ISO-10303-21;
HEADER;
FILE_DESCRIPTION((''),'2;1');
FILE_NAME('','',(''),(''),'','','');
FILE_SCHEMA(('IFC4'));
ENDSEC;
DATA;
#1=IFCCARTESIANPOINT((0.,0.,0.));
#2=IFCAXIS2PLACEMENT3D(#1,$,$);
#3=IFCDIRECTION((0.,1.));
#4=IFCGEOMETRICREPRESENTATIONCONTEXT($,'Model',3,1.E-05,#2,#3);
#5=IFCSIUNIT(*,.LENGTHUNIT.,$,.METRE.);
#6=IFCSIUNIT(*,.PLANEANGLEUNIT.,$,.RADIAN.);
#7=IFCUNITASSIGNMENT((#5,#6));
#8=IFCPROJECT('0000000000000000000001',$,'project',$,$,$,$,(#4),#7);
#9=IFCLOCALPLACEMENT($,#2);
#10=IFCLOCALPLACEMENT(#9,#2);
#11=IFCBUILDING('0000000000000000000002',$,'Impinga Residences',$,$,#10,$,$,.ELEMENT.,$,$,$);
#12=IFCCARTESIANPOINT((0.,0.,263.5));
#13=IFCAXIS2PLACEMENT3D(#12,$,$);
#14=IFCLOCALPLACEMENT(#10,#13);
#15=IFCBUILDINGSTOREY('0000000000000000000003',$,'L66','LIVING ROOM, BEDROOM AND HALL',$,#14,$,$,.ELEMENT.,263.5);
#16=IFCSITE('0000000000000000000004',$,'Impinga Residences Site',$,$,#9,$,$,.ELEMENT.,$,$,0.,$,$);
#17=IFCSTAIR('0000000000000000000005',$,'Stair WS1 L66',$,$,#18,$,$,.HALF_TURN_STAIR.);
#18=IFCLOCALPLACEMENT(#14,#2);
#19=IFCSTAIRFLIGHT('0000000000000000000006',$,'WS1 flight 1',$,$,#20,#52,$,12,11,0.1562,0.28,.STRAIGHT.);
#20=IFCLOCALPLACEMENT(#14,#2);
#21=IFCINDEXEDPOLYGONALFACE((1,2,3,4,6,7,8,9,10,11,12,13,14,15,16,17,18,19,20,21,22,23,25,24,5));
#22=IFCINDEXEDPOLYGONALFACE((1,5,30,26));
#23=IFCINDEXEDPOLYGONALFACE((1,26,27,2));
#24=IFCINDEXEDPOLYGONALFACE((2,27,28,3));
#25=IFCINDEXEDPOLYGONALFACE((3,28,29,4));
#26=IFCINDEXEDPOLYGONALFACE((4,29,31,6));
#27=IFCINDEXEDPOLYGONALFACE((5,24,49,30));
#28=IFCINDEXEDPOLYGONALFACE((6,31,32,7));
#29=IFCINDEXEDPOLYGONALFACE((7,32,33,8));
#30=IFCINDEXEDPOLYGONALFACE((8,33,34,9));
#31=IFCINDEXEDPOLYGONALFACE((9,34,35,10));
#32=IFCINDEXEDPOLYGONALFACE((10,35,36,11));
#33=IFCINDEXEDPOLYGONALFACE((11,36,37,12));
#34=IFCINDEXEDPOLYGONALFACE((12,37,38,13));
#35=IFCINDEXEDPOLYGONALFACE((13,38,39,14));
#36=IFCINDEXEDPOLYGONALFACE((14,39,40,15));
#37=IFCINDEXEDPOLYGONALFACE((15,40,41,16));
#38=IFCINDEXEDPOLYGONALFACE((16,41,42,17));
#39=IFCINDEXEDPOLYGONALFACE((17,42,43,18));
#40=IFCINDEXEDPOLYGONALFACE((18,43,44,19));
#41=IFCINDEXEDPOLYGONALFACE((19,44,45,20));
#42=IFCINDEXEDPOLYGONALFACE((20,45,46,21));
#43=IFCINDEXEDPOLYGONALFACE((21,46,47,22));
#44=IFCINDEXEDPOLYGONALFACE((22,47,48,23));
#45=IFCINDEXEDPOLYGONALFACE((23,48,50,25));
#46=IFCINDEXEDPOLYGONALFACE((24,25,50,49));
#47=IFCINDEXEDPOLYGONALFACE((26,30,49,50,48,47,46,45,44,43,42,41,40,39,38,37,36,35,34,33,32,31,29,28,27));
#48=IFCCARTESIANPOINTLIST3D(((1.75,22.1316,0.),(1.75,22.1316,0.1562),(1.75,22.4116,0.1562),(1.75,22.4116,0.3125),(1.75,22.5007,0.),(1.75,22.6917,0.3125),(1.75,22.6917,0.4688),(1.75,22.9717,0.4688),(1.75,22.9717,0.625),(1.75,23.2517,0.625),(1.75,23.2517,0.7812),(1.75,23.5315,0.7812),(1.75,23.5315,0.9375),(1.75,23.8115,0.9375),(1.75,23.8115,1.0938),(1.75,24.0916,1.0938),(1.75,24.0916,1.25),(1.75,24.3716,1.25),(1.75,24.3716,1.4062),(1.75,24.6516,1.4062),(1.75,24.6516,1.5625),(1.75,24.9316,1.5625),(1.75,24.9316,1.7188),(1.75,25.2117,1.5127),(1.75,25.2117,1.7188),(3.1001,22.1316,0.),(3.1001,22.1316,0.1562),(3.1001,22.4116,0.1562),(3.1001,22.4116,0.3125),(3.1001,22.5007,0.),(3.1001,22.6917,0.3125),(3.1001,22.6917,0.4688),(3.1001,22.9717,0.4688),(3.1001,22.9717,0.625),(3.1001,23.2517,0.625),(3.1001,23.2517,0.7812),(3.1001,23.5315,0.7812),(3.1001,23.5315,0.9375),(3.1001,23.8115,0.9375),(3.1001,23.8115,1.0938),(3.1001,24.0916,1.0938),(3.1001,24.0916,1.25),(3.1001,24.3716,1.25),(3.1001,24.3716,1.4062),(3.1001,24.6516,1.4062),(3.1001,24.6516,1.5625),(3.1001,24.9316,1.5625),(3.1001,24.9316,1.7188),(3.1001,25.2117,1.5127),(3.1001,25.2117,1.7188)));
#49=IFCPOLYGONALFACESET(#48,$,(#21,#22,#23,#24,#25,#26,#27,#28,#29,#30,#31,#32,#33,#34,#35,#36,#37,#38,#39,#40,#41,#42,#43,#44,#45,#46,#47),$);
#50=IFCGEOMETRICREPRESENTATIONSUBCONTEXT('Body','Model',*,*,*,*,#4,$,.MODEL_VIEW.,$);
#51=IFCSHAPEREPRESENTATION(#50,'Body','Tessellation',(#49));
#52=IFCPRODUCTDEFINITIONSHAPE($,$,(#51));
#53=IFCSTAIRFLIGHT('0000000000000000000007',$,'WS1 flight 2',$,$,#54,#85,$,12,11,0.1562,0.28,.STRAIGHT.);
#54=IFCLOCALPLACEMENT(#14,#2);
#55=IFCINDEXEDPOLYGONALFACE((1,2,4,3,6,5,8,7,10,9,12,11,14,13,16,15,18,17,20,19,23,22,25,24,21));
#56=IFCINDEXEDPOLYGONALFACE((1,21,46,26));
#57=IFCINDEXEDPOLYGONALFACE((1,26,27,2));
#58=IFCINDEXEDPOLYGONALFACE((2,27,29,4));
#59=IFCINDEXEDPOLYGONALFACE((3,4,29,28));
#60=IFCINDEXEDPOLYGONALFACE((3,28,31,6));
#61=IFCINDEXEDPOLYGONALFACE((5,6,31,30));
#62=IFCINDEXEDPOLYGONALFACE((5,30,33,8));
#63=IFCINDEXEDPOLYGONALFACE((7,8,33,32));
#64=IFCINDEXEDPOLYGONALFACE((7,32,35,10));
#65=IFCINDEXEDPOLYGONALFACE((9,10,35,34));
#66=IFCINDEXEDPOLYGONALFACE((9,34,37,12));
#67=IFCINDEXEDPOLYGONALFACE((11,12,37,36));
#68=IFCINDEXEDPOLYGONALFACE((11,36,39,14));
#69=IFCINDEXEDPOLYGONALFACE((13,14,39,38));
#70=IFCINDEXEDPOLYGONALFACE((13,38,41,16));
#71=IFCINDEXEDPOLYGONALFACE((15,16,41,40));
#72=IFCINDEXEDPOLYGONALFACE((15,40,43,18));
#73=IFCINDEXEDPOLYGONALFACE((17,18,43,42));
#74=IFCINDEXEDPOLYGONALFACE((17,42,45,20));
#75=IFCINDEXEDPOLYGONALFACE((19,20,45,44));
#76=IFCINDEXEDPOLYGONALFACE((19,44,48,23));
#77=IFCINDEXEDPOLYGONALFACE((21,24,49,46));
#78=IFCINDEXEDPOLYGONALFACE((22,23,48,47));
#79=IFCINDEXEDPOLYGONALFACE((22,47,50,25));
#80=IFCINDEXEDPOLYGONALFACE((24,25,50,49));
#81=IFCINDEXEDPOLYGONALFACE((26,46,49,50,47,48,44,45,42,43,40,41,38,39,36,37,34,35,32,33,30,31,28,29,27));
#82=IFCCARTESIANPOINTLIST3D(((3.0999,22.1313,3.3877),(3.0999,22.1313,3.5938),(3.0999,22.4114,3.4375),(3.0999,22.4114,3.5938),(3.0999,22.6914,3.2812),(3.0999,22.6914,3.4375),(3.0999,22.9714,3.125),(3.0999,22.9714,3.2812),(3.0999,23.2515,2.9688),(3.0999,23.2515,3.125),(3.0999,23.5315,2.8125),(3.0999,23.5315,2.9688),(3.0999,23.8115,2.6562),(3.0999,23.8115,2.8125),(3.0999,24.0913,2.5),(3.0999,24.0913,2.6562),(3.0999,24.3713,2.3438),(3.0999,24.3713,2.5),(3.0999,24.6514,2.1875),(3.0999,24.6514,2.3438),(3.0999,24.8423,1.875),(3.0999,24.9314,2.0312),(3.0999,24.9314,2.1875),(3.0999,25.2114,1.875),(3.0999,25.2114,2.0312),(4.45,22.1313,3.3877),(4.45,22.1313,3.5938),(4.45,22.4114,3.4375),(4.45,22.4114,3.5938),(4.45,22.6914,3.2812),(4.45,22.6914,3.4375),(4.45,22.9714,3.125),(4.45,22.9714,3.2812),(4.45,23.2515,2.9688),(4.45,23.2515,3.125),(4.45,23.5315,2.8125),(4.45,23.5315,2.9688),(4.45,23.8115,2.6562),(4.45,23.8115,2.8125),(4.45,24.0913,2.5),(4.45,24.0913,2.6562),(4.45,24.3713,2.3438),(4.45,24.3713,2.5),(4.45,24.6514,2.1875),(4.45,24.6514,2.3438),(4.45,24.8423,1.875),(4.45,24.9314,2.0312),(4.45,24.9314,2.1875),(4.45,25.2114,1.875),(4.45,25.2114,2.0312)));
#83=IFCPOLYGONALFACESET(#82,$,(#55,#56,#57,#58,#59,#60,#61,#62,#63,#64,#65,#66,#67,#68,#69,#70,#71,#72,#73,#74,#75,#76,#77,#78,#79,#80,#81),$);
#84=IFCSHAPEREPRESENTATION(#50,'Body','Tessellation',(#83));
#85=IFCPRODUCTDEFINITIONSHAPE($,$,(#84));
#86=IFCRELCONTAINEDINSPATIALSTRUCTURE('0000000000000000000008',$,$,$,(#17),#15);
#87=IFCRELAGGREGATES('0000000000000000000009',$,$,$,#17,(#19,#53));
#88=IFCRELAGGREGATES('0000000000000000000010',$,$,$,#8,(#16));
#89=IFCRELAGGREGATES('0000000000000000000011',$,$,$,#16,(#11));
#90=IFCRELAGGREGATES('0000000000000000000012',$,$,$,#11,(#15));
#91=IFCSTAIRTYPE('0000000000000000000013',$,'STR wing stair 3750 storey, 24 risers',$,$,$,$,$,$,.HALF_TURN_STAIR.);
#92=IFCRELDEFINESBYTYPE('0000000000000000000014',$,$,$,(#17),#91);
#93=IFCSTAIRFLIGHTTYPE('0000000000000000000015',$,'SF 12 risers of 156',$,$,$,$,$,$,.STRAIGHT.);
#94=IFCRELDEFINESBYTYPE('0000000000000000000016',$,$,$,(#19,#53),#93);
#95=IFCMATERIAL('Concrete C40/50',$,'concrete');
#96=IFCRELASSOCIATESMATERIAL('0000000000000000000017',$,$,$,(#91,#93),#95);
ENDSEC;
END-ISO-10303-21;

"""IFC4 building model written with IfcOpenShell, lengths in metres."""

from ifc_helpers import new_model, si_unit, direction, frame, origin, place, context, subcontext, project, spatial, polyline, outline, extrude, material, type_object, element, aggregate, save


model = new_model("IFC4")

# Units and contexts
model_context = context("Model", 3, precision=1e-05, world=origin(), true_north=direction((0.0, 1.0)))
body_context = subcontext(model_context, "Body", "Model", "MODEL_VIEW")
ifc_project = project(units=[si_unit("LENGTHUNIT", "METRE"), si_unit("PLANEANGLEUNIT", "RADIAN")], contexts=[model_context])

# Site, building, storey
site_placement = place(None, origin())
site = spatial("IfcSite", under=ifc_project, at=site_placement, Name="Impinga Residences Site", CompositionType="ELEMENT", RefElevation=0.0)
building_placement = place(site_placement, origin())
building = spatial("IfcBuilding", under=site, at=building_placement, Name="Impinga Residences", CompositionType="ELEMENT")
storey_placement = place(building_placement, frame((0.0, 0.0, 263.5)))
storey = spatial("IfcBuildingStorey", under=building, at=storey_placement, Name="L66", Description="LIVING ROOM, BEDROOM AND HALL", CompositionType="ELEMENT", Elevation=263.5)

# Stair, stair flights
ifc_material_1 = material(Name="Concrete C40/50", Category="concrete")
stair_type = type_object("IfcStairType", Name="STR wing stair 3750 storey, 24 risers", PredefinedType="HALF_TURN_STAIR", material=ifc_material_1)
stair_placement = place(storey_placement, origin())
stair = element("IfcStair", 1, at=stair_placement, inside=storey, type_object=stair_type, Name="Stair WS1 L66", PredefinedType="HALF_TURN_STAIR")
stair_flight_type = type_object("IfcStairFlightType", Name="SF 12 risers of 156", PredefinedType="STRAIGHT", material=ifc_material_1)
stair_flight_1_placement = place(storey_placement, frame((2.425, 22.1316, 0.0), z_axis=(0.0, 0.0, 1.0), x_axis=(0.0, 1.0, 0.0)))
stair_flight_1 = element("IfcStairFlight", 2, at=stair_flight_1_placement, type_object=stair_flight_type, Name="WS1 flight 1", NumberOfRisers=12, NumberOfTreads=11, PredefinedType="STRAIGHT", RiserHeight=0.1562, TreadLength=0.28, context=body_context, shape_type="SweptSolid", body=[
    extrude(outline(polyline([(0.0, 0.0), (0.0, 0.1562), (0.28, 0.1562), (0.28, 0.3125), (0.5601, 0.3125), (0.5601, 0.4688), (0.8401, 0.4688), (0.8401, 0.625), (1.1201, 0.625), (1.1201, 0.7812), (1.3999, 0.7812), (1.3999, 0.9375), (1.6799, 0.9375), (1.6799, 1.0938), (1.96, 1.0938), (1.96, 1.25), (2.24, 1.25), (2.24, 1.4062), (2.52, 1.4062), (2.52, 1.5625), (2.8, 1.5625), (2.8, 1.7188), (3.0801, 1.7188), (3.0801, 1.875), (3.0801, 1.5127), (0.3691, 0.0), (0.0, 0.0)])), frame((0.0, 0.675, 0.0), z_axis=(0.0, -1.0, 0.0), x_axis=(1.0, 0.0, 0.0)), (0.0, 0.0, 1.0), 1.3501),
])
stair_flight_2_placement = place(storey_placement, frame((3.7749, 25.2114, 1.875), z_axis=(0.0, 0.0, 1.0), x_axis=(0.0, -1.0, 0.0)))
stair_flight_2 = element("IfcStairFlight", 3, at=stair_flight_2_placement, type_object=stair_flight_type, Name="WS1 flight 2", NumberOfRisers=12, NumberOfTreads=11, PredefinedType="STRAIGHT", RiserHeight=0.1562, TreadLength=0.28, context=body_context, shape_type="SweptSolid", body=[
    extrude(outline(polyline([(0.0, 0.0), (0.0, 0.1562), (0.28, 0.1562), (0.28, 0.3125), (0.5601, 0.3125), (0.5601, 0.4688), (0.8401, 0.4688), (0.8401, 0.625), (1.1201, 0.625), (1.1201, 0.7812), (1.3999, 0.7812), (1.3999, 0.9375), (1.6799, 0.9375), (1.6799, 1.0938), (1.96, 1.0938), (1.96, 1.25), (2.24, 1.25), (2.24, 1.4062), (2.52, 1.4062), (2.52, 1.5625), (2.8, 1.5625), (2.8, 1.7188), (3.0801, 1.7188), (3.0801, 1.875), (3.0801, 1.5127), (0.3691, 0.0), (0.0, 0.0)])), frame((0.0, 0.675, 0.0), z_axis=(0.0, -1.0, 0.0), x_axis=(1.0, 0.0, 0.0)), (0.0, 0.0, 1.0), 1.3501),
])
aggregate(stair, [stair_flight_1, stair_flight_2])

save(model, "model.ifc")
